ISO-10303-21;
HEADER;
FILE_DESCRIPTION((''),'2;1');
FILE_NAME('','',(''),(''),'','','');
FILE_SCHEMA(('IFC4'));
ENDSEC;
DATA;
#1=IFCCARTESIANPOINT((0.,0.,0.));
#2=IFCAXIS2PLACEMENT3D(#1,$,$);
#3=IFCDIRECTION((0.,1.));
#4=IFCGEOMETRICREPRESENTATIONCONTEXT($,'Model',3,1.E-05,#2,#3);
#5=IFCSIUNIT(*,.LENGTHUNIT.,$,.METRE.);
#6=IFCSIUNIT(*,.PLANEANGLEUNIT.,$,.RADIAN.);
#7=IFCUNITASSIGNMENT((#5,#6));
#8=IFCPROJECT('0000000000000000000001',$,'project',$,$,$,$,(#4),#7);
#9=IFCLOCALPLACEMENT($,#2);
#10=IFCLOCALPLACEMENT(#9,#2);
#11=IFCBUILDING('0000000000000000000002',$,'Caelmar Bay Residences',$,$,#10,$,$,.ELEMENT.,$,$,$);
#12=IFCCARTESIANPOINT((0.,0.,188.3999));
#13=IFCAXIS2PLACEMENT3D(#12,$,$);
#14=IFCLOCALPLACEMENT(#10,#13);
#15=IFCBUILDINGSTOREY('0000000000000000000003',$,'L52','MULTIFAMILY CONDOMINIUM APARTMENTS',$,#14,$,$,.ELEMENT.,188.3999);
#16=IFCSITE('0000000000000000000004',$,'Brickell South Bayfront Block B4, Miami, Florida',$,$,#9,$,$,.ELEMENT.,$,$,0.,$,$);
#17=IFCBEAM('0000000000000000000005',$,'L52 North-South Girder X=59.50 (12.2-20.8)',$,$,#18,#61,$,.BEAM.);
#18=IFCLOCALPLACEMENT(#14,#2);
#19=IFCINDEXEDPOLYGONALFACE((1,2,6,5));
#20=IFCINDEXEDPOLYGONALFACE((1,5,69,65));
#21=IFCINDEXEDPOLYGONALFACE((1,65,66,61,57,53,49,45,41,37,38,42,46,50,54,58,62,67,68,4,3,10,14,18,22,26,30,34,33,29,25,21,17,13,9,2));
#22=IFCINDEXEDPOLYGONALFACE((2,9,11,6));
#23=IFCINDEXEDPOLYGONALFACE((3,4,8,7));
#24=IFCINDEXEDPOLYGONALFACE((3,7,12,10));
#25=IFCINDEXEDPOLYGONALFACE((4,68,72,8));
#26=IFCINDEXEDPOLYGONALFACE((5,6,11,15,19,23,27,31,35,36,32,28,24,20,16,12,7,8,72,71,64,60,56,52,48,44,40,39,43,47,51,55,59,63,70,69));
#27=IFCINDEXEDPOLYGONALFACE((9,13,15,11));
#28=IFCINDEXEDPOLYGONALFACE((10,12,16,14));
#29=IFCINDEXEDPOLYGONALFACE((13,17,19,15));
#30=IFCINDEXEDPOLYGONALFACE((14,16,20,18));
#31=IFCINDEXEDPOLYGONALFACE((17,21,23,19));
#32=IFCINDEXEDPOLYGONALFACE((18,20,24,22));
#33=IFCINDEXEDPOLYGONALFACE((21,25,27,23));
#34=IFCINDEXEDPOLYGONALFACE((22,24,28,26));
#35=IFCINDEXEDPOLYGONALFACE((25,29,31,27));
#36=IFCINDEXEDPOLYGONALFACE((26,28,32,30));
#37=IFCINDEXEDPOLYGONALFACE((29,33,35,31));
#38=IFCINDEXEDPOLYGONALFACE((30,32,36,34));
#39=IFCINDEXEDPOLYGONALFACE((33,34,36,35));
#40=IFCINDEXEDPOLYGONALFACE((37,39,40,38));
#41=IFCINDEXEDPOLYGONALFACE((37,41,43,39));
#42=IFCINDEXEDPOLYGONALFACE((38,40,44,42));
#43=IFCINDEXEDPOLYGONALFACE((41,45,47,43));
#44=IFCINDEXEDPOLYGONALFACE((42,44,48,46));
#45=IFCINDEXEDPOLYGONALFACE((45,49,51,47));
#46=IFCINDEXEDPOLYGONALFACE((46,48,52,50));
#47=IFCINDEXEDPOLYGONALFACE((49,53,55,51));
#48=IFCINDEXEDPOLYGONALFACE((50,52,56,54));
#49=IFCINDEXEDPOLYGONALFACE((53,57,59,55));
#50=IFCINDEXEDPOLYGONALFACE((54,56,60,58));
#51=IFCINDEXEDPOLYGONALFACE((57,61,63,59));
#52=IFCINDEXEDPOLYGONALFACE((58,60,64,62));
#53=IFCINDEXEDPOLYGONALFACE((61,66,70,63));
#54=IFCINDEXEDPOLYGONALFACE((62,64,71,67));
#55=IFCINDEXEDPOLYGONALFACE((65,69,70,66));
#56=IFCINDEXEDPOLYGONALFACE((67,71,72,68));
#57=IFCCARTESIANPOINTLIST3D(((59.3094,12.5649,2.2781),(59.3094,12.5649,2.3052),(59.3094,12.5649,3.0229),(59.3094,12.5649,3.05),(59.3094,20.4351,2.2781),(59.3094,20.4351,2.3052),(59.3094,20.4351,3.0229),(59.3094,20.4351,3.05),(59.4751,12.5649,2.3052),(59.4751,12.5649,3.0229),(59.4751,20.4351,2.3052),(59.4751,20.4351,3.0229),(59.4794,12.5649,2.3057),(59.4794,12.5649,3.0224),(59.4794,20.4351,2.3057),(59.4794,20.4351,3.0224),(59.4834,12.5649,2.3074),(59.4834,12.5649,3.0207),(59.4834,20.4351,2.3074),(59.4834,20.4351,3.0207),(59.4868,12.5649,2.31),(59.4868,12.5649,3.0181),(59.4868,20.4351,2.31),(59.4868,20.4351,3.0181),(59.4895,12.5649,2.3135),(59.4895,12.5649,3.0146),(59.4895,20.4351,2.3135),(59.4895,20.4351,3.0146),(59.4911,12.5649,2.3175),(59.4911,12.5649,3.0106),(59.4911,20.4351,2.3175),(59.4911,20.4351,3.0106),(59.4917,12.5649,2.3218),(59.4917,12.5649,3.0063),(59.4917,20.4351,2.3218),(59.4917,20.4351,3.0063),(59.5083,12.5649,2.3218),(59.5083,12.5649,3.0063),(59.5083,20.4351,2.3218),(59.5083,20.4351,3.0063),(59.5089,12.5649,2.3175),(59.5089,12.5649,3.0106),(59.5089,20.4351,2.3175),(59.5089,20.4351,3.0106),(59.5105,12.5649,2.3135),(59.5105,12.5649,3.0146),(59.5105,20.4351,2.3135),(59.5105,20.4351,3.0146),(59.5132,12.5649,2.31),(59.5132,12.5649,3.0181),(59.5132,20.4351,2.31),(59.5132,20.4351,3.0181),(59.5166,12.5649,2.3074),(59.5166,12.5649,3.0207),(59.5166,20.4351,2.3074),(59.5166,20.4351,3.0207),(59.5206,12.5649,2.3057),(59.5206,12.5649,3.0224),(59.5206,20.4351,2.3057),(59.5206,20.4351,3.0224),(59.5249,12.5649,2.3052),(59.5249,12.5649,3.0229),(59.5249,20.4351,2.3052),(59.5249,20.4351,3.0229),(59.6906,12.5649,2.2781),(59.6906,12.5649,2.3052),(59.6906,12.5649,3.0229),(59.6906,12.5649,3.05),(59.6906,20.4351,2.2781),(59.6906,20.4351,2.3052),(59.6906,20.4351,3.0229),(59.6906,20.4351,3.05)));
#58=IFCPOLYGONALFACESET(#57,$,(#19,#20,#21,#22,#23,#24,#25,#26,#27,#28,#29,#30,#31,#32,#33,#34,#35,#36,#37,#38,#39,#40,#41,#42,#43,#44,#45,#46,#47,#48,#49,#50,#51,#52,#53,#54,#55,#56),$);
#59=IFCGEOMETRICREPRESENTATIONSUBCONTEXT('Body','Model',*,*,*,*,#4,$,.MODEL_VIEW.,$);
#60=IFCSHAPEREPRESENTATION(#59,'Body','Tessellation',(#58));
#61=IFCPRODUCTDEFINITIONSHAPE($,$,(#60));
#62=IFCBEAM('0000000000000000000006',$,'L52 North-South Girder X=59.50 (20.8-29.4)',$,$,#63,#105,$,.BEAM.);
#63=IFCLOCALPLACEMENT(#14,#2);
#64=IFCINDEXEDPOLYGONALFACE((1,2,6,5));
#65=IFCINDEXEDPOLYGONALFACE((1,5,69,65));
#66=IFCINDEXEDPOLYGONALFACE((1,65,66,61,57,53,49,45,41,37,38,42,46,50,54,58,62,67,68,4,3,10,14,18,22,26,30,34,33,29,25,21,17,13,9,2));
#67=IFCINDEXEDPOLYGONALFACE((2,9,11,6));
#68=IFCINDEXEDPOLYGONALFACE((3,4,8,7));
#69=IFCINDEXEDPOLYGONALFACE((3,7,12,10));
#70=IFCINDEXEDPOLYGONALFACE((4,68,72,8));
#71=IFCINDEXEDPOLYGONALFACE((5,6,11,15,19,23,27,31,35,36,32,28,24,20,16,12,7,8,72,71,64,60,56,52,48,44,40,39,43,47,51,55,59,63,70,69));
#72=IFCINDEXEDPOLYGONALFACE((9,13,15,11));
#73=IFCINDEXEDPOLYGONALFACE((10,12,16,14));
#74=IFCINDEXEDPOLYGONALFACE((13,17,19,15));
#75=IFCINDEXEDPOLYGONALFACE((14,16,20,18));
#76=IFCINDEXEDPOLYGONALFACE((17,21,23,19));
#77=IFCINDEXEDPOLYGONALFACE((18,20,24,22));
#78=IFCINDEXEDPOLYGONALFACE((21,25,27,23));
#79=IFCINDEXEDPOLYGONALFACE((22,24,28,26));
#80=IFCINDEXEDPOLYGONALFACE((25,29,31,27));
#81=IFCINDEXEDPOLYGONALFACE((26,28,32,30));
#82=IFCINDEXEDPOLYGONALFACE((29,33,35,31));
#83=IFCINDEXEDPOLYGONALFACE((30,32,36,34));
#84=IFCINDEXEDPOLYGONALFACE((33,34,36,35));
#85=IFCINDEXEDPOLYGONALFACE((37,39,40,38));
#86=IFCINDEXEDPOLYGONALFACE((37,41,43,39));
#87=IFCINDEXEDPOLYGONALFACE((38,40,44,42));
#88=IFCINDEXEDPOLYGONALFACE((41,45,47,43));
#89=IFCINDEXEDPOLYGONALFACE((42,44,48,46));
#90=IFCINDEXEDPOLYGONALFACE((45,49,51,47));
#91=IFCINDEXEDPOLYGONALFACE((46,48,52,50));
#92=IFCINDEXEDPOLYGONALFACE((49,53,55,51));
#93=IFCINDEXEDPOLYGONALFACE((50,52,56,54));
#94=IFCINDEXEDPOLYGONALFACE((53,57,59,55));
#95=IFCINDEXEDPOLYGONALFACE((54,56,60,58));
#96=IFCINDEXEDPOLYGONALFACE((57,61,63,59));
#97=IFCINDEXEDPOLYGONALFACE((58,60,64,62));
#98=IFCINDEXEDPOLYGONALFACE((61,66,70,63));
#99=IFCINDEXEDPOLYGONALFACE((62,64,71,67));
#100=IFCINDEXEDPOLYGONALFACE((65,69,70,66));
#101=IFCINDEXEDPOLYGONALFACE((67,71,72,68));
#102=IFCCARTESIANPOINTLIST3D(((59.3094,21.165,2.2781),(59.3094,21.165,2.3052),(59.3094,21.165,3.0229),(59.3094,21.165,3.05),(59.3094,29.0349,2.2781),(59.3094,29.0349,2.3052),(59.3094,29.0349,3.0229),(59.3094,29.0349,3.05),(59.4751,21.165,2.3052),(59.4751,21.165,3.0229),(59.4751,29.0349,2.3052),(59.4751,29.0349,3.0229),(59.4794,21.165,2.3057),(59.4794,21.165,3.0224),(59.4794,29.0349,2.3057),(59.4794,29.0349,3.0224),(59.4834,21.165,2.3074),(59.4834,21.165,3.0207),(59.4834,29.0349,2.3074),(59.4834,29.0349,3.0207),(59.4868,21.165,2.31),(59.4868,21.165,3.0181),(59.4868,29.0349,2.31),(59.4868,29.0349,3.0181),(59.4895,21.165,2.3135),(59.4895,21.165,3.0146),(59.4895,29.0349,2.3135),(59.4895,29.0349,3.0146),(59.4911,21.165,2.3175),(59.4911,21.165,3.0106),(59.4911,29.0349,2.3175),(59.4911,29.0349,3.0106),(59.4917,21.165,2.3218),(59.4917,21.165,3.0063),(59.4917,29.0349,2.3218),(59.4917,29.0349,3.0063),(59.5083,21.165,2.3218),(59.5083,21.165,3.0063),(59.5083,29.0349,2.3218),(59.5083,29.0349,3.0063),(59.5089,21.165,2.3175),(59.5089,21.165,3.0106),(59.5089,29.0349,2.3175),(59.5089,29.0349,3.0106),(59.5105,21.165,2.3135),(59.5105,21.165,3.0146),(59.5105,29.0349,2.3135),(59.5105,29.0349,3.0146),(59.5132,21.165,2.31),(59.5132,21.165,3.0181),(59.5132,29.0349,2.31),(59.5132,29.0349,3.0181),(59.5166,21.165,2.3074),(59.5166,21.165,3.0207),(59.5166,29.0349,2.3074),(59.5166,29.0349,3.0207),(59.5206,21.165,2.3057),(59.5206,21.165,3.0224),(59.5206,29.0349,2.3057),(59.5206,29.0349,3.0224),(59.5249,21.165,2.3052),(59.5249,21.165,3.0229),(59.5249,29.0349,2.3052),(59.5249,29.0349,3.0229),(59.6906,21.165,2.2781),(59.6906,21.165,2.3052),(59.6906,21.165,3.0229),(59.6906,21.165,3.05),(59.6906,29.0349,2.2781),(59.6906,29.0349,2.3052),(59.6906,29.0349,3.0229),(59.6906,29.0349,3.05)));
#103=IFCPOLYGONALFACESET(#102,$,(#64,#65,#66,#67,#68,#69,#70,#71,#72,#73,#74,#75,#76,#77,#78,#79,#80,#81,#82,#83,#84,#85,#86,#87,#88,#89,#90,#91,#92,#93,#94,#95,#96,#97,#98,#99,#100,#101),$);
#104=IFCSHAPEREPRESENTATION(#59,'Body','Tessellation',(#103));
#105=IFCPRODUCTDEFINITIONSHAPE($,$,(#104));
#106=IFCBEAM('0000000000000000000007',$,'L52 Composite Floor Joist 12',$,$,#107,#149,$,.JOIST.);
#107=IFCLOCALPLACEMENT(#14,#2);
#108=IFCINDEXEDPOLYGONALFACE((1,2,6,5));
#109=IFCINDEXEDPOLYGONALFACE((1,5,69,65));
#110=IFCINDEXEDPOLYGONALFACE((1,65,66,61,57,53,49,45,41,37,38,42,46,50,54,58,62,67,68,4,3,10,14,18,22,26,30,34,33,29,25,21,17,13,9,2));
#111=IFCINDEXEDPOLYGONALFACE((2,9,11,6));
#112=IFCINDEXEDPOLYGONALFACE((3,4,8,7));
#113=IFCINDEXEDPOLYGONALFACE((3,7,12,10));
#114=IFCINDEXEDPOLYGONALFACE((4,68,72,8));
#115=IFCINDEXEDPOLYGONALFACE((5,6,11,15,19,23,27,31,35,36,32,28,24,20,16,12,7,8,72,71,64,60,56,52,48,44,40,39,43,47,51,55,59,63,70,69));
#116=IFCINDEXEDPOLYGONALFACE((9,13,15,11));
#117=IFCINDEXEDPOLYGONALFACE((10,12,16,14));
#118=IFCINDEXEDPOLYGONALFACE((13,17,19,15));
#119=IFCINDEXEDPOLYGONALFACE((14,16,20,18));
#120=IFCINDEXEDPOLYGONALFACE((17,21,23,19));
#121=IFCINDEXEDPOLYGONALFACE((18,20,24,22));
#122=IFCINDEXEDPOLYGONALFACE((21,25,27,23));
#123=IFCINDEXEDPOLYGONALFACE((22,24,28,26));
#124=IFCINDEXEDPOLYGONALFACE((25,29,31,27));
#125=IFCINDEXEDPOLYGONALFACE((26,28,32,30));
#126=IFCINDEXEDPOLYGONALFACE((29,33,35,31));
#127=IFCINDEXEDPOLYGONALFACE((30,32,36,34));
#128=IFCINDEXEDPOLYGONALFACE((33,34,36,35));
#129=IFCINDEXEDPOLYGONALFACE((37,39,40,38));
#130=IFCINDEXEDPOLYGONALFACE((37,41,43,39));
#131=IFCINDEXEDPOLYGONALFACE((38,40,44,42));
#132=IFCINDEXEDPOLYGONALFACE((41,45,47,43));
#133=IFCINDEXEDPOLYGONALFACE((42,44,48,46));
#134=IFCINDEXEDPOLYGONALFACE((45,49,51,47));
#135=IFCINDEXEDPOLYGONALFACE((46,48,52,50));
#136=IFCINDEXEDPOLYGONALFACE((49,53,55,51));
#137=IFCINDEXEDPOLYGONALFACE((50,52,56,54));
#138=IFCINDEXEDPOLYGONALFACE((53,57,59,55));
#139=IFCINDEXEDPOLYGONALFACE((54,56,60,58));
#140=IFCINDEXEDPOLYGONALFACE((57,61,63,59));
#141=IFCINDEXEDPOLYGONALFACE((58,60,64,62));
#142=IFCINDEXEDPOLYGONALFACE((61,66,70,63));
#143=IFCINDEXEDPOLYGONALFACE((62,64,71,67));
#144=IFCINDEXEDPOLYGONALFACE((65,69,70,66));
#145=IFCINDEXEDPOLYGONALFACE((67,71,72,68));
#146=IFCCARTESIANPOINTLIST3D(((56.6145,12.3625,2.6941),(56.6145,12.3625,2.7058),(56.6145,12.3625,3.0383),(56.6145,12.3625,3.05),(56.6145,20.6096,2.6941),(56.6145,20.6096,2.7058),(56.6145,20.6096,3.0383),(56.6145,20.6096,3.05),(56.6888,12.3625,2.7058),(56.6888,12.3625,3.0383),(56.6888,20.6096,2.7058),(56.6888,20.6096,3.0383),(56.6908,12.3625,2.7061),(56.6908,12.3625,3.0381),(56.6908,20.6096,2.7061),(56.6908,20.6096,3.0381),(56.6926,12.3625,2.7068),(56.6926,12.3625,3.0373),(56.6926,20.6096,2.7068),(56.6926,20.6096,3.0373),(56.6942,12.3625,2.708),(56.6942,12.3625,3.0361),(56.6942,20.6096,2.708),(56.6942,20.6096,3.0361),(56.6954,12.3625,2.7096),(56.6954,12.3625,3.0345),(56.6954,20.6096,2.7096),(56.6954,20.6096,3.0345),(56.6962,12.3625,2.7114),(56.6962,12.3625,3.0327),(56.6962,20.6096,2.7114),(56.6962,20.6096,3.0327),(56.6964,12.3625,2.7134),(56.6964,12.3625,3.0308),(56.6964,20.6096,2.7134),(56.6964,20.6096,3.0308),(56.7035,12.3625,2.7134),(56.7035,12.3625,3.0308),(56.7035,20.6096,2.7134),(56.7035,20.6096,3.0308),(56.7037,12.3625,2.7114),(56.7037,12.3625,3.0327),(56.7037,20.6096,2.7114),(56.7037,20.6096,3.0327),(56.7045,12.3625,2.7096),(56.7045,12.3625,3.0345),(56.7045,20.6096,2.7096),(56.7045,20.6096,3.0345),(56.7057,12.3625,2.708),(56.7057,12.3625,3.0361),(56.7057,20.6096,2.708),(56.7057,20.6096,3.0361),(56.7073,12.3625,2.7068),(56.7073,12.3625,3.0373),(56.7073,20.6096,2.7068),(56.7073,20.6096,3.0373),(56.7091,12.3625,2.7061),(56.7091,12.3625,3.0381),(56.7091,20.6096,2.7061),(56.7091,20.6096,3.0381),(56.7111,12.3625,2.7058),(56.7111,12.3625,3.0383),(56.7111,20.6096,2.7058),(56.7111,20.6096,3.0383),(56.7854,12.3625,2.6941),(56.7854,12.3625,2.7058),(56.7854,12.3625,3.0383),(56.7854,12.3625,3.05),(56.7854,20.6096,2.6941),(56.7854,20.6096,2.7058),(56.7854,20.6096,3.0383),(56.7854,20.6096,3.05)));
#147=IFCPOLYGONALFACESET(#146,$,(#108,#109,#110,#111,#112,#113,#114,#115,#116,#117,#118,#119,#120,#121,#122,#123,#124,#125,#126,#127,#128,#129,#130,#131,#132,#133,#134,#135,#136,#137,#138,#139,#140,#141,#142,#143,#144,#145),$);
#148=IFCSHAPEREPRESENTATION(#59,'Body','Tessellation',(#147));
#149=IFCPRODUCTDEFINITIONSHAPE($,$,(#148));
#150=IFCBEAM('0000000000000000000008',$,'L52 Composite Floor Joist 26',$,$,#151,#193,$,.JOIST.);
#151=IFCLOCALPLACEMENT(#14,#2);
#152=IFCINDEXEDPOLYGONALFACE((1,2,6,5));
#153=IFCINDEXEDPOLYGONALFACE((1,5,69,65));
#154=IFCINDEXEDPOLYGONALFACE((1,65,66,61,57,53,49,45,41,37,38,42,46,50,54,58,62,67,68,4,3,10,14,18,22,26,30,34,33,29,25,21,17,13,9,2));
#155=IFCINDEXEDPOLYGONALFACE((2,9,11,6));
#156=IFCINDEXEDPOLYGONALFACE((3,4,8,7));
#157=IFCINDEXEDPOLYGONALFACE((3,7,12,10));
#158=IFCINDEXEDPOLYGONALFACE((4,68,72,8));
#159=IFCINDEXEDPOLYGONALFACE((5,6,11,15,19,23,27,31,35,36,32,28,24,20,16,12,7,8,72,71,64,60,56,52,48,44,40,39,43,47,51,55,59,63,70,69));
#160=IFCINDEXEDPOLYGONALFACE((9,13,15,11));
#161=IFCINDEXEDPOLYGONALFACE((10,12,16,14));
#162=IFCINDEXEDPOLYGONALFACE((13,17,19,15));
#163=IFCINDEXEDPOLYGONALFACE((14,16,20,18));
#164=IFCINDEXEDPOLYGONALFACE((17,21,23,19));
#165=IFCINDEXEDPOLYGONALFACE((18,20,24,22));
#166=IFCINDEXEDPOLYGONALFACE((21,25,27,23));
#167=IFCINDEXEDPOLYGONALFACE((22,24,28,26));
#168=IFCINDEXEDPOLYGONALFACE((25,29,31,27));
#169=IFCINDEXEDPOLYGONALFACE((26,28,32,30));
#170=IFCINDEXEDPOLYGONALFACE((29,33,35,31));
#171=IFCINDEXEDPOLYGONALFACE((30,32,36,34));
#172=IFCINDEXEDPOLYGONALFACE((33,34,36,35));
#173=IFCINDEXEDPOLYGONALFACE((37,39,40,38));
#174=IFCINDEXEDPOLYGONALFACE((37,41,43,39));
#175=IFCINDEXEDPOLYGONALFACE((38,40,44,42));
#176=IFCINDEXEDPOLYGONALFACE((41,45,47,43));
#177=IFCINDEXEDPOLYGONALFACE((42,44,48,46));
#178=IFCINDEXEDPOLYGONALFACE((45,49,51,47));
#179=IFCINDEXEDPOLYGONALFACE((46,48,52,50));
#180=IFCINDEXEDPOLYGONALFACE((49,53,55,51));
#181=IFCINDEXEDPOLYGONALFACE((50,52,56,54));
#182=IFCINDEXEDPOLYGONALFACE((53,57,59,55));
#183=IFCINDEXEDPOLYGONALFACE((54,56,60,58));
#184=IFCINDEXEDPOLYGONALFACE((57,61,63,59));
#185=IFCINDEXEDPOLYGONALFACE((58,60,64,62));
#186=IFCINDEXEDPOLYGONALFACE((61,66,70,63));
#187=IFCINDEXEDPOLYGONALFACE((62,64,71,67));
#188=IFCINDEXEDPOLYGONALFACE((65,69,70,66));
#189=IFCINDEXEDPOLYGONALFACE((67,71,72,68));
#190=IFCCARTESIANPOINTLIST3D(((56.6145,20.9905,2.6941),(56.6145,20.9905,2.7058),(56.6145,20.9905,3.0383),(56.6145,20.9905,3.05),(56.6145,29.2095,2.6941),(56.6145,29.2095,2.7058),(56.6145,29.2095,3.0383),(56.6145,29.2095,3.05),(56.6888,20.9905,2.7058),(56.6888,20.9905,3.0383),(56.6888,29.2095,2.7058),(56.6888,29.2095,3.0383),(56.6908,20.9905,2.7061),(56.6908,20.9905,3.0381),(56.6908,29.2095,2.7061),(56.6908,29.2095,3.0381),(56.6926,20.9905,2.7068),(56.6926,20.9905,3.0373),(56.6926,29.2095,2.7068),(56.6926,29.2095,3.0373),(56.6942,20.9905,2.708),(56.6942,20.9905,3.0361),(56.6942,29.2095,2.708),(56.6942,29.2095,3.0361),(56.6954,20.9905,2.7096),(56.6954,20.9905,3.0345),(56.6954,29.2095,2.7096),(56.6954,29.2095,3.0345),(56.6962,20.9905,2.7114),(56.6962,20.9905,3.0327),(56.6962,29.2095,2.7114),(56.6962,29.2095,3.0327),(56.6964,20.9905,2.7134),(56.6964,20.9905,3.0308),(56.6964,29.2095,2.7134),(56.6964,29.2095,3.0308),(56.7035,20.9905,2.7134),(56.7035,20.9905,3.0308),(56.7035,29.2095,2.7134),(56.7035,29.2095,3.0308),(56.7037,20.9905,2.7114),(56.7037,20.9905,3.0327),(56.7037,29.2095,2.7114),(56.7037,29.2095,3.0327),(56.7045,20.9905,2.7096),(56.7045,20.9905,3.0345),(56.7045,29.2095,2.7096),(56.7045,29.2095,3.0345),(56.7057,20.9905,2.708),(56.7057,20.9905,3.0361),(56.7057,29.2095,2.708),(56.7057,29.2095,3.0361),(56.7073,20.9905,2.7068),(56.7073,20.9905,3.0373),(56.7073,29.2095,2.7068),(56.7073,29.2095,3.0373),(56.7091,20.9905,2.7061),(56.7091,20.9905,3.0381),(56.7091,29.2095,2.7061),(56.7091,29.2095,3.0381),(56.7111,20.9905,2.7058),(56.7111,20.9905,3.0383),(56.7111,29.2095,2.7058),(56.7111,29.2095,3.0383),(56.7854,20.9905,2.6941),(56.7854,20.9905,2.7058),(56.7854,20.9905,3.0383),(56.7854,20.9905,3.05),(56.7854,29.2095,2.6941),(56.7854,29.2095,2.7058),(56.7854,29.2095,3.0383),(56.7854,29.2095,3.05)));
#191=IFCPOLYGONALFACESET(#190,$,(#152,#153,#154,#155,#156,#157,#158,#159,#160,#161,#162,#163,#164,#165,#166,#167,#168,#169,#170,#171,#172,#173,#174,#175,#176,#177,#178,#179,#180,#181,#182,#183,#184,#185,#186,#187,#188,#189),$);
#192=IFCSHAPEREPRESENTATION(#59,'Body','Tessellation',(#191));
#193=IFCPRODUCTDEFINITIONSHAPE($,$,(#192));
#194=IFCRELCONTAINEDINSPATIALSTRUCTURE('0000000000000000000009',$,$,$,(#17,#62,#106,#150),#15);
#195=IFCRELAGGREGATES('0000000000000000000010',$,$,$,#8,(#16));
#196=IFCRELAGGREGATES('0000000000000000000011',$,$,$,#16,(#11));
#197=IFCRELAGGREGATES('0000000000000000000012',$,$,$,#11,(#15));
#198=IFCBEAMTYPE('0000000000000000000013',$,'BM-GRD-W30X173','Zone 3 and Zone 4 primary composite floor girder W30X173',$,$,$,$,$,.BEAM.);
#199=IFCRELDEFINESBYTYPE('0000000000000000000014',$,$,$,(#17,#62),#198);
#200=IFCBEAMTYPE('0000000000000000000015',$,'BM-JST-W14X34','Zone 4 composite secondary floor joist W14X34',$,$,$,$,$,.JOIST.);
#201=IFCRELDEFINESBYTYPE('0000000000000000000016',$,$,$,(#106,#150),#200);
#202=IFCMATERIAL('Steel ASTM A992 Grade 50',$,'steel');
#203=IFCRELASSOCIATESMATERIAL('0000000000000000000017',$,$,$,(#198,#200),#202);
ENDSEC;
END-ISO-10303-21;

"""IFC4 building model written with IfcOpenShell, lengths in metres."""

from ifc_helpers import new_model, si_unit, direction, frame, origin, origin_2d, place, context, subcontext, project, spatial, i_section, extrude, material, material_profile, profile_set, type_object, element, save


model = new_model("IFC4")

# Units and contexts
model_context = context("Model", 3, precision=1e-05, world=origin(), true_north=direction((0.0, 1.0)))
body_context = subcontext(model_context, "Body", "Model", "MODEL_VIEW")
ifc_project = project(units=[si_unit("LENGTHUNIT", "METRE"), si_unit("PLANEANGLEUNIT", "RADIAN")], contexts=[model_context])

# Site, building, storey
site_placement = place(None, origin())
site = spatial("IfcSite", under=ifc_project, at=site_placement, Name="Brickell South Bayfront Block B4, Miami, Florida", CompositionType="ELEMENT", RefElevation=0.0)
building_placement = place(site_placement, origin())
building = spatial("IfcBuilding", under=site, at=building_placement, Name="Caelmar Bay Residences", CompositionType="ELEMENT")
storey_placement = place(building_placement, frame((0.0, 0.0, 188.3999)))
storey = spatial("IfcBuildingStorey", under=building, at=storey_placement, Name="L52", Description="MULTIFAMILY CONDOMINIUM APARTMENTS", CompositionType="ELEMENT", Elevation=188.3999)

# Beams
ifc_material_1 = material(Name="Steel ASTM A992 Grade 50", Category="steel")
ifc_material_profile_1 = material_profile(ifc_material_1, i_section(OverallWidth=0.3811, OverallDepth=0.772, WebThickness=0.0166, FlangeThickness=0.0271, FilletRadius=0.0166, at=origin_2d()), Name="W30X173")
ifc_profile_set_1 = profile_set([ifc_material_profile_1], Name="Steel ASTM A992 Grade 50")
beam_type_1 = type_object("IfcBeamType", Name="BM-GRD-W30X173", Description="Zone 3 and Zone 4 primary composite floor girder W30X173", PredefinedType="BEAM", material=ifc_profile_set_1)
for number, where, z_axis, x_axis, name in (
    (1, (59.5, 12.5649, 2.6641), (0.0, 1.0, 0.0), (-1.0, 0.0, 0.0), "L52 North-South Girder X=59.50 (12.2-20.8)"),
):
    element("IfcBeam", number, at=place(storey_placement, frame(where, z_axis=z_axis, x_axis=x_axis)), inside=storey, type_object=beam_type_1, Name=name, PredefinedType="BEAM", context=body_context, shape_type="SweptSolid", body=[
        extrude(i_section(OverallWidth=0.3811, OverallDepth=0.772, WebThickness=0.0166, FlangeThickness=0.0271, FilletRadius=0.0166, at=origin_2d()), origin(), (0.0, 0.0, 1.0), 7.8701),
    ])
beam_1_placement = place(storey_placement, frame((59.5, 21.165, 2.6641), z_axis=(0.0, 1.0, 0.0), x_axis=(-1.0, 0.0, 0.0)))
element("IfcBeam", 2, at=beam_1_placement, inside=storey, type_object=beam_type_1, Name="L52 North-South Girder X=59.50 (20.8-29.4)", PredefinedType="BEAM", context=body_context, shape_type="SweptSolid", body=[
    extrude(i_section(OverallWidth=0.3811, OverallDepth=0.772, WebThickness=0.0166, FlangeThickness=0.0271, FilletRadius=0.0166, at=origin_2d()), origin(), (0.0, 0.0, 1.0), 7.8699),
])
ifc_material_profile_2 = material_profile(ifc_material_1, i_section(OverallWidth=0.1709, OverallDepth=0.356, WebThickness=0.0071, FlangeThickness=0.0117, FilletRadius=0.0076, at=origin_2d()), Name="W14X34")
ifc_profile_set_2 = profile_set([ifc_material_profile_2], Name="Steel ASTM A992 Grade 50")
beam_type_2 = type_object("IfcBeamType", Name="BM-JST-W14X34", Description="Zone 4 composite secondary floor joist W14X34", PredefinedType="JOIST", material=ifc_profile_set_2)
beam_2_placement = place(storey_placement, frame((56.7, 12.3625, 2.8721), z_axis=(0.0, 1.0, 0.0), x_axis=(-1.0, 0.0, 0.0)))
element("IfcBeam", 3, at=beam_2_placement, inside=storey, type_object=beam_type_2, Name="L52 Composite Floor Joist 12", PredefinedType="JOIST", context=body_context, shape_type="SweptSolid", body=[
    extrude(i_section(OverallWidth=0.1709, OverallDepth=0.356, WebThickness=0.0071, FlangeThickness=0.0117, FilletRadius=0.0076, at=origin_2d()), origin(), (0.0, 0.0, 1.0), 8.2471),
])
beam_3_placement = place(storey_placement, frame((56.7, 20.9905, 2.8721), z_axis=(0.0, 1.0, 0.0), x_axis=(-1.0, 0.0, 0.0)))
element("IfcBeam", 4, at=beam_3_placement, inside=storey, type_object=beam_type_2, Name="L52 Composite Floor Joist 26", PredefinedType="JOIST", context=body_context, shape_type="SweptSolid", body=[
    extrude(i_section(OverallWidth=0.1709, OverallDepth=0.356, WebThickness=0.0071, FlangeThickness=0.0117, FilletRadius=0.0076, at=origin_2d()), origin(), (0.0, 0.0, 1.0), 8.219),
])

save(model, "model.ifc")
